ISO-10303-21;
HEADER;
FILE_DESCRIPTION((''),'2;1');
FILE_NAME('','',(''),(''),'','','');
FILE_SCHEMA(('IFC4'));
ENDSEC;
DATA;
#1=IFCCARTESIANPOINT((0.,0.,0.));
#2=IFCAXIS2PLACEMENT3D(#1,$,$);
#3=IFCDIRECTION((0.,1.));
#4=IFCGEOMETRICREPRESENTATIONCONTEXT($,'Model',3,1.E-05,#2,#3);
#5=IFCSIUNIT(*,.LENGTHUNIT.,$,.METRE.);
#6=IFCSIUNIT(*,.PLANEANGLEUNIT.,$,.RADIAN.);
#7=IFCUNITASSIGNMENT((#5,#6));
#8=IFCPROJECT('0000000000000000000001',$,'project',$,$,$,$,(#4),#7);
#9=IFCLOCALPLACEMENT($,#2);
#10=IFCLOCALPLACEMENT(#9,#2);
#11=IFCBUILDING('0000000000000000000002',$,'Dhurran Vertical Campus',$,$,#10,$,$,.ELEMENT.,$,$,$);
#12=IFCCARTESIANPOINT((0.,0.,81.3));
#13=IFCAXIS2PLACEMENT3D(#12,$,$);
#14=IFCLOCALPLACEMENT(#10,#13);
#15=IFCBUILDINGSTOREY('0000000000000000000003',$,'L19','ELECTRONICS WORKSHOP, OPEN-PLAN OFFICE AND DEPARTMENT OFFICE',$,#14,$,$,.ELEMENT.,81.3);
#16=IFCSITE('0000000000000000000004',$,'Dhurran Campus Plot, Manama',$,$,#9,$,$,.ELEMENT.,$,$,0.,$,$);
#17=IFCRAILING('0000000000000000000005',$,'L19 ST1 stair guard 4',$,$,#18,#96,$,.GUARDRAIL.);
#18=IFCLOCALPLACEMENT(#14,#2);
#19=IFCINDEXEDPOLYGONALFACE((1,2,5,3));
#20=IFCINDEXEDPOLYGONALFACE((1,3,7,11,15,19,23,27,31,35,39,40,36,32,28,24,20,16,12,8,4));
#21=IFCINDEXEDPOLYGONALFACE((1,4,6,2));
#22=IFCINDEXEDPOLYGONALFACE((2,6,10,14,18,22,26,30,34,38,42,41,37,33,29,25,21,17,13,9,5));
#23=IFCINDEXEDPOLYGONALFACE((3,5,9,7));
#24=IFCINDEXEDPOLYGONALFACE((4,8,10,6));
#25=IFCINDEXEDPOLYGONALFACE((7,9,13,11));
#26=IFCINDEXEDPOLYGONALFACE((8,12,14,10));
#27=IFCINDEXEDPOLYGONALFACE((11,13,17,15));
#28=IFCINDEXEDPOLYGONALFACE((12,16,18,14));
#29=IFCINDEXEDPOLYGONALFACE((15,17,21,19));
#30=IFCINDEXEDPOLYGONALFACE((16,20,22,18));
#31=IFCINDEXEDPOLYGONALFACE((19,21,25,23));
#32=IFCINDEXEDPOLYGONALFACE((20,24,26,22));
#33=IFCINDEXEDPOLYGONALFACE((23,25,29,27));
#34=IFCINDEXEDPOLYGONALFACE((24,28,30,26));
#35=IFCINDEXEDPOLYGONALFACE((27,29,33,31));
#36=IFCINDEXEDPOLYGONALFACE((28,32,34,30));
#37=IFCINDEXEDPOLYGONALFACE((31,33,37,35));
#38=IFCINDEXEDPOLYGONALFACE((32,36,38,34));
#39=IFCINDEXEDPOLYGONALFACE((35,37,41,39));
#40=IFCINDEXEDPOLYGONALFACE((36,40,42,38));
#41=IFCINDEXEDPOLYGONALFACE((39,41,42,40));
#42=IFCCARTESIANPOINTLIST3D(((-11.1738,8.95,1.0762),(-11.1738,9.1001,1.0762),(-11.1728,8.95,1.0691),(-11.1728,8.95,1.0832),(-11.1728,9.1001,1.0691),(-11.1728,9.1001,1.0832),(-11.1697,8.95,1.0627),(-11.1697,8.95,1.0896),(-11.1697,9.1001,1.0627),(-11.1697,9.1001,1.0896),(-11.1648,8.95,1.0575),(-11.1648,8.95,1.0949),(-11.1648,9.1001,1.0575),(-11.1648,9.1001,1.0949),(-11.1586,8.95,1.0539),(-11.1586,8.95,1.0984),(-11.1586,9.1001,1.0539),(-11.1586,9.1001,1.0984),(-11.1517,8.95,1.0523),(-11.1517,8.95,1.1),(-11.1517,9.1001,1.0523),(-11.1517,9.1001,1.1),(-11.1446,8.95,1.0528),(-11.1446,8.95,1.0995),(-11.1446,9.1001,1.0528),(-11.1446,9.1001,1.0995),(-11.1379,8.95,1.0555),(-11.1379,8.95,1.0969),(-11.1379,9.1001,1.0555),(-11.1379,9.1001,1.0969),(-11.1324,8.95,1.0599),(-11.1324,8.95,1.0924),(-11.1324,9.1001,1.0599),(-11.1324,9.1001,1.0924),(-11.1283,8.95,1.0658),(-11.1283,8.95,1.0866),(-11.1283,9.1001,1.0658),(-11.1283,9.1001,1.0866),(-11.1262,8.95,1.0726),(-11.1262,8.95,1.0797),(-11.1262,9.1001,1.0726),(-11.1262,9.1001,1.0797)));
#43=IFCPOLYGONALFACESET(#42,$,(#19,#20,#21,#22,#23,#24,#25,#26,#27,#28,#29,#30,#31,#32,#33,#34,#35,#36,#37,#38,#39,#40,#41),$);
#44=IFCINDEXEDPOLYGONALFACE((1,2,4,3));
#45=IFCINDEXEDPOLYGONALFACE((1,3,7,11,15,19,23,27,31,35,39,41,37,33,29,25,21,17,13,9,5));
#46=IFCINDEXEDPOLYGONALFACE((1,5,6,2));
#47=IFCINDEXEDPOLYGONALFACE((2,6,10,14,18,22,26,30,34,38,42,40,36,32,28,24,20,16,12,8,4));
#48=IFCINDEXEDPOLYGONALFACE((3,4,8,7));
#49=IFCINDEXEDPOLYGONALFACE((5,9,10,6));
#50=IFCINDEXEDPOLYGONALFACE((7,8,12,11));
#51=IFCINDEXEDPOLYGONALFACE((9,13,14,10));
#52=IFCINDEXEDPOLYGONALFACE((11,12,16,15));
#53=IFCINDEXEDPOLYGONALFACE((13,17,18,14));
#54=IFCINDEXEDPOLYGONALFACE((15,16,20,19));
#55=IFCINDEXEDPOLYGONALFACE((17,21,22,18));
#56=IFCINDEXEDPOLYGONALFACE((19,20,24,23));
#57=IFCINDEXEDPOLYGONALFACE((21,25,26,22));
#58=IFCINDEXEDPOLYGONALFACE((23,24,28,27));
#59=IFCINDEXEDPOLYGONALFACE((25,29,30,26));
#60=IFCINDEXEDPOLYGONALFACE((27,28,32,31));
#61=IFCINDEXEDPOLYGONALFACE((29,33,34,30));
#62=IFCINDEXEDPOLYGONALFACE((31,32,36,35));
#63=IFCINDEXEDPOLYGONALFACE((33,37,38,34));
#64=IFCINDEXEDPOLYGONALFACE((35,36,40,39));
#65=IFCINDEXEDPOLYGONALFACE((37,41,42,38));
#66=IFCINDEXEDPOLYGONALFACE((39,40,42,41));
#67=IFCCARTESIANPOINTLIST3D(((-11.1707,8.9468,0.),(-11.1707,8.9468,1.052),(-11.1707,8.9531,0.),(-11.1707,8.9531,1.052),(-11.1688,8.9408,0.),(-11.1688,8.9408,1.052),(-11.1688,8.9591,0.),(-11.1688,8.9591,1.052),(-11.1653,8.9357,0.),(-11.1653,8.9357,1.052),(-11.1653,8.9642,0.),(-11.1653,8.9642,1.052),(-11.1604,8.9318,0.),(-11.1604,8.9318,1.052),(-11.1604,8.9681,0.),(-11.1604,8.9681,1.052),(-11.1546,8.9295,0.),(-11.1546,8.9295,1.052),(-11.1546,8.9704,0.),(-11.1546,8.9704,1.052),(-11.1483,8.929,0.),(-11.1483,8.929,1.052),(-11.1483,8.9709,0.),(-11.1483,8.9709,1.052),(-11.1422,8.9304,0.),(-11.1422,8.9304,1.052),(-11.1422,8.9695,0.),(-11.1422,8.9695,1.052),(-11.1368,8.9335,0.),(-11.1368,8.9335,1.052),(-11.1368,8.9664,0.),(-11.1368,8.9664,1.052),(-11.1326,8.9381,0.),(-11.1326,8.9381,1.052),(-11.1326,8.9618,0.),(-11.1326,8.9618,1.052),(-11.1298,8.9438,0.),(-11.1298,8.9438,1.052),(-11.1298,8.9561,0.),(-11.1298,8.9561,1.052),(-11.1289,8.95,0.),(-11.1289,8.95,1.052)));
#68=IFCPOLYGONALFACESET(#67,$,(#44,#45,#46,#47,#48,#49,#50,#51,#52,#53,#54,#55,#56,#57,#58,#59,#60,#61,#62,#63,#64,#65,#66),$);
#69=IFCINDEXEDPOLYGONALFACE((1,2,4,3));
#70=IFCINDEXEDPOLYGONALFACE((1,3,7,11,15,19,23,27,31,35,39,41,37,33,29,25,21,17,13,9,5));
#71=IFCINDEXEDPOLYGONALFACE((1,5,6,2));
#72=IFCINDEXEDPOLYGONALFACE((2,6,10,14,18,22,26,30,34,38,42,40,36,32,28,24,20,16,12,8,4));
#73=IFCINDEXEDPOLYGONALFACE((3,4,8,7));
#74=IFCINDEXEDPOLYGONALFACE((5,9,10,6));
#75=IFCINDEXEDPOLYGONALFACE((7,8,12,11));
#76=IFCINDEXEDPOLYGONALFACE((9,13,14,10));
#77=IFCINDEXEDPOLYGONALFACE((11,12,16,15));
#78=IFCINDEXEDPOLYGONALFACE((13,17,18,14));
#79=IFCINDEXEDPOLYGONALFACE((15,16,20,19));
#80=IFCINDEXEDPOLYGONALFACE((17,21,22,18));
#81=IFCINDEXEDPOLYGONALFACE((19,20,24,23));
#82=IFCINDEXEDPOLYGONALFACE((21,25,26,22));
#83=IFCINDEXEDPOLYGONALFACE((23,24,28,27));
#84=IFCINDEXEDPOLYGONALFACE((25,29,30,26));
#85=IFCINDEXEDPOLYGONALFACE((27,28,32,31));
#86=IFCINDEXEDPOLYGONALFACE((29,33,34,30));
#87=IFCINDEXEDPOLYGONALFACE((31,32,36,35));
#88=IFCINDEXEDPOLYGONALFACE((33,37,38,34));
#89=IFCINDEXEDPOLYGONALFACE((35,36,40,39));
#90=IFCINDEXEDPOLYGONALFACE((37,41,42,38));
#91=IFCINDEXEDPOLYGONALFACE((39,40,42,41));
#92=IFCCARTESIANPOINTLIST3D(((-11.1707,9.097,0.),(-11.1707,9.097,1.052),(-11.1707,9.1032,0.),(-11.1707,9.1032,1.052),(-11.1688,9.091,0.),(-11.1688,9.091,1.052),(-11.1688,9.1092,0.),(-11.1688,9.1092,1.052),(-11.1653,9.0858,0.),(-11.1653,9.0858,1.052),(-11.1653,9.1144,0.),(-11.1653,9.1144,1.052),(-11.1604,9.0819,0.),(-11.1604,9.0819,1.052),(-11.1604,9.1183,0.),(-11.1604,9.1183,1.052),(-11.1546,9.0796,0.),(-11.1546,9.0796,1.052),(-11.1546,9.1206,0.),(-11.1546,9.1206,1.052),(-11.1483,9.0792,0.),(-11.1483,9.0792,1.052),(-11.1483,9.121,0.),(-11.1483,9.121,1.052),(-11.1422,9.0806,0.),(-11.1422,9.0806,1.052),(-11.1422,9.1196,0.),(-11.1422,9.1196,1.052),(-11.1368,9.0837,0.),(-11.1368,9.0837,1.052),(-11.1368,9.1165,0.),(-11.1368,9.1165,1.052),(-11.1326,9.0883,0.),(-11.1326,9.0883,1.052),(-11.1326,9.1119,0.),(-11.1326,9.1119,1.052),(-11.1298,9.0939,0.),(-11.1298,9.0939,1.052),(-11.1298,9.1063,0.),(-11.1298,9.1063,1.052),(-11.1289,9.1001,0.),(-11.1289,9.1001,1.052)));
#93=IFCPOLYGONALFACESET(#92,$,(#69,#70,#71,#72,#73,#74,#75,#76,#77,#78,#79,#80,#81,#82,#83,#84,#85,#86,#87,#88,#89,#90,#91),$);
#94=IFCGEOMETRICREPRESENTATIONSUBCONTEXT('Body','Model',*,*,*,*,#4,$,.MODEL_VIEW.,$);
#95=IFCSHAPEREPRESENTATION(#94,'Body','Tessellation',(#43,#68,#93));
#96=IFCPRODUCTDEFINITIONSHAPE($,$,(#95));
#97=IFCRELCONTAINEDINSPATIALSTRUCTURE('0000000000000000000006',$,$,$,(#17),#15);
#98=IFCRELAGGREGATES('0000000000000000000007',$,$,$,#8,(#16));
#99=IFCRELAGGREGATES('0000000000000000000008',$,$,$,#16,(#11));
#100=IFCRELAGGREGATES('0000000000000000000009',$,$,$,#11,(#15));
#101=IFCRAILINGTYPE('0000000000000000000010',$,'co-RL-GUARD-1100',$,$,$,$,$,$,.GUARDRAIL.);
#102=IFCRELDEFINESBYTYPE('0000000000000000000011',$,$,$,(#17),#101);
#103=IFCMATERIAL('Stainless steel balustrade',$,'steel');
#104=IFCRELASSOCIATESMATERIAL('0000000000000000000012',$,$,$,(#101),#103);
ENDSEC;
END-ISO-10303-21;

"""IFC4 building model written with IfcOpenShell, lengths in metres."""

from ifc_helpers import new_model, si_unit, direction, frame, origin, origin_2d, place, context, subcontext, project, spatial, circle, extrude, material, type_object, element, save


model = new_model("IFC4")

# Units and contexts
model_context = context("Model", 3, precision=1e-05, world=origin(), true_north=direction((0.0, 1.0)))
body_context = subcontext(model_context, "Body", "Model", "MODEL_VIEW")
ifc_project = project(units=[si_unit("LENGTHUNIT", "METRE"), si_unit("PLANEANGLEUNIT", "RADIAN")], contexts=[model_context])

# Site, building, storey
site_placement = place(None, origin())
site = spatial("IfcSite", under=ifc_project, at=site_placement, Name="Dhurran Campus Plot, Manama", CompositionType="ELEMENT", RefElevation=0.0)
building_placement = place(site_placement, origin())
building = spatial("IfcBuilding", under=site, at=building_placement, Name="Dhurran Vertical Campus", CompositionType="ELEMENT")
storey_placement = place(building_placement, frame((0.0, 0.0, 81.3)))
storey = spatial("IfcBuildingStorey", under=building, at=storey_placement, Name="L19", Description="ELECTRONICS WORKSHOP, OPEN-PLAN OFFICE AND DEPARTMENT OFFICE", CompositionType="ELEMENT", Elevation=81.3)

# Railing
ifc_material_1 = material(Name="Stainless steel balustrade", Category="steel")
railing_type_1 = type_object("IfcRailingType", Name="co-RL-GUARD-1100", PredefinedType="GUARDRAIL", material=ifc_material_1)
railing_1_placement = place(storey_placement, frame((-11.1499, 8.95, 0.0)))
element("IfcRailing", 1, at=railing_1_placement, inside=storey, type_object=railing_type_1, Name="L19 ST1 stair guard 4", PredefinedType="GUARDRAIL", context=body_context, shape_type="SweptSolid", body=[
    extrude(circle(Radius=0.0239, at=origin_2d()), frame((0.0, 0.0, 1.0762), z_axis=(0.0, 1.0, 0.0), x_axis=(-1.0, 0.0, 0.0)), (0.0, 0.0, 1.0), 0.1501),
    extrude(circle(Radius=0.021, at=origin_2d()), origin(), (0.0, 0.0, 1.0), 1.052),
    extrude(circle(Radius=0.021, at=origin_2d()), frame((0.0, 0.1501, 0.0)), (0.0, 0.0, 1.0), 1.052),
])

save(model, "model.ifc")
